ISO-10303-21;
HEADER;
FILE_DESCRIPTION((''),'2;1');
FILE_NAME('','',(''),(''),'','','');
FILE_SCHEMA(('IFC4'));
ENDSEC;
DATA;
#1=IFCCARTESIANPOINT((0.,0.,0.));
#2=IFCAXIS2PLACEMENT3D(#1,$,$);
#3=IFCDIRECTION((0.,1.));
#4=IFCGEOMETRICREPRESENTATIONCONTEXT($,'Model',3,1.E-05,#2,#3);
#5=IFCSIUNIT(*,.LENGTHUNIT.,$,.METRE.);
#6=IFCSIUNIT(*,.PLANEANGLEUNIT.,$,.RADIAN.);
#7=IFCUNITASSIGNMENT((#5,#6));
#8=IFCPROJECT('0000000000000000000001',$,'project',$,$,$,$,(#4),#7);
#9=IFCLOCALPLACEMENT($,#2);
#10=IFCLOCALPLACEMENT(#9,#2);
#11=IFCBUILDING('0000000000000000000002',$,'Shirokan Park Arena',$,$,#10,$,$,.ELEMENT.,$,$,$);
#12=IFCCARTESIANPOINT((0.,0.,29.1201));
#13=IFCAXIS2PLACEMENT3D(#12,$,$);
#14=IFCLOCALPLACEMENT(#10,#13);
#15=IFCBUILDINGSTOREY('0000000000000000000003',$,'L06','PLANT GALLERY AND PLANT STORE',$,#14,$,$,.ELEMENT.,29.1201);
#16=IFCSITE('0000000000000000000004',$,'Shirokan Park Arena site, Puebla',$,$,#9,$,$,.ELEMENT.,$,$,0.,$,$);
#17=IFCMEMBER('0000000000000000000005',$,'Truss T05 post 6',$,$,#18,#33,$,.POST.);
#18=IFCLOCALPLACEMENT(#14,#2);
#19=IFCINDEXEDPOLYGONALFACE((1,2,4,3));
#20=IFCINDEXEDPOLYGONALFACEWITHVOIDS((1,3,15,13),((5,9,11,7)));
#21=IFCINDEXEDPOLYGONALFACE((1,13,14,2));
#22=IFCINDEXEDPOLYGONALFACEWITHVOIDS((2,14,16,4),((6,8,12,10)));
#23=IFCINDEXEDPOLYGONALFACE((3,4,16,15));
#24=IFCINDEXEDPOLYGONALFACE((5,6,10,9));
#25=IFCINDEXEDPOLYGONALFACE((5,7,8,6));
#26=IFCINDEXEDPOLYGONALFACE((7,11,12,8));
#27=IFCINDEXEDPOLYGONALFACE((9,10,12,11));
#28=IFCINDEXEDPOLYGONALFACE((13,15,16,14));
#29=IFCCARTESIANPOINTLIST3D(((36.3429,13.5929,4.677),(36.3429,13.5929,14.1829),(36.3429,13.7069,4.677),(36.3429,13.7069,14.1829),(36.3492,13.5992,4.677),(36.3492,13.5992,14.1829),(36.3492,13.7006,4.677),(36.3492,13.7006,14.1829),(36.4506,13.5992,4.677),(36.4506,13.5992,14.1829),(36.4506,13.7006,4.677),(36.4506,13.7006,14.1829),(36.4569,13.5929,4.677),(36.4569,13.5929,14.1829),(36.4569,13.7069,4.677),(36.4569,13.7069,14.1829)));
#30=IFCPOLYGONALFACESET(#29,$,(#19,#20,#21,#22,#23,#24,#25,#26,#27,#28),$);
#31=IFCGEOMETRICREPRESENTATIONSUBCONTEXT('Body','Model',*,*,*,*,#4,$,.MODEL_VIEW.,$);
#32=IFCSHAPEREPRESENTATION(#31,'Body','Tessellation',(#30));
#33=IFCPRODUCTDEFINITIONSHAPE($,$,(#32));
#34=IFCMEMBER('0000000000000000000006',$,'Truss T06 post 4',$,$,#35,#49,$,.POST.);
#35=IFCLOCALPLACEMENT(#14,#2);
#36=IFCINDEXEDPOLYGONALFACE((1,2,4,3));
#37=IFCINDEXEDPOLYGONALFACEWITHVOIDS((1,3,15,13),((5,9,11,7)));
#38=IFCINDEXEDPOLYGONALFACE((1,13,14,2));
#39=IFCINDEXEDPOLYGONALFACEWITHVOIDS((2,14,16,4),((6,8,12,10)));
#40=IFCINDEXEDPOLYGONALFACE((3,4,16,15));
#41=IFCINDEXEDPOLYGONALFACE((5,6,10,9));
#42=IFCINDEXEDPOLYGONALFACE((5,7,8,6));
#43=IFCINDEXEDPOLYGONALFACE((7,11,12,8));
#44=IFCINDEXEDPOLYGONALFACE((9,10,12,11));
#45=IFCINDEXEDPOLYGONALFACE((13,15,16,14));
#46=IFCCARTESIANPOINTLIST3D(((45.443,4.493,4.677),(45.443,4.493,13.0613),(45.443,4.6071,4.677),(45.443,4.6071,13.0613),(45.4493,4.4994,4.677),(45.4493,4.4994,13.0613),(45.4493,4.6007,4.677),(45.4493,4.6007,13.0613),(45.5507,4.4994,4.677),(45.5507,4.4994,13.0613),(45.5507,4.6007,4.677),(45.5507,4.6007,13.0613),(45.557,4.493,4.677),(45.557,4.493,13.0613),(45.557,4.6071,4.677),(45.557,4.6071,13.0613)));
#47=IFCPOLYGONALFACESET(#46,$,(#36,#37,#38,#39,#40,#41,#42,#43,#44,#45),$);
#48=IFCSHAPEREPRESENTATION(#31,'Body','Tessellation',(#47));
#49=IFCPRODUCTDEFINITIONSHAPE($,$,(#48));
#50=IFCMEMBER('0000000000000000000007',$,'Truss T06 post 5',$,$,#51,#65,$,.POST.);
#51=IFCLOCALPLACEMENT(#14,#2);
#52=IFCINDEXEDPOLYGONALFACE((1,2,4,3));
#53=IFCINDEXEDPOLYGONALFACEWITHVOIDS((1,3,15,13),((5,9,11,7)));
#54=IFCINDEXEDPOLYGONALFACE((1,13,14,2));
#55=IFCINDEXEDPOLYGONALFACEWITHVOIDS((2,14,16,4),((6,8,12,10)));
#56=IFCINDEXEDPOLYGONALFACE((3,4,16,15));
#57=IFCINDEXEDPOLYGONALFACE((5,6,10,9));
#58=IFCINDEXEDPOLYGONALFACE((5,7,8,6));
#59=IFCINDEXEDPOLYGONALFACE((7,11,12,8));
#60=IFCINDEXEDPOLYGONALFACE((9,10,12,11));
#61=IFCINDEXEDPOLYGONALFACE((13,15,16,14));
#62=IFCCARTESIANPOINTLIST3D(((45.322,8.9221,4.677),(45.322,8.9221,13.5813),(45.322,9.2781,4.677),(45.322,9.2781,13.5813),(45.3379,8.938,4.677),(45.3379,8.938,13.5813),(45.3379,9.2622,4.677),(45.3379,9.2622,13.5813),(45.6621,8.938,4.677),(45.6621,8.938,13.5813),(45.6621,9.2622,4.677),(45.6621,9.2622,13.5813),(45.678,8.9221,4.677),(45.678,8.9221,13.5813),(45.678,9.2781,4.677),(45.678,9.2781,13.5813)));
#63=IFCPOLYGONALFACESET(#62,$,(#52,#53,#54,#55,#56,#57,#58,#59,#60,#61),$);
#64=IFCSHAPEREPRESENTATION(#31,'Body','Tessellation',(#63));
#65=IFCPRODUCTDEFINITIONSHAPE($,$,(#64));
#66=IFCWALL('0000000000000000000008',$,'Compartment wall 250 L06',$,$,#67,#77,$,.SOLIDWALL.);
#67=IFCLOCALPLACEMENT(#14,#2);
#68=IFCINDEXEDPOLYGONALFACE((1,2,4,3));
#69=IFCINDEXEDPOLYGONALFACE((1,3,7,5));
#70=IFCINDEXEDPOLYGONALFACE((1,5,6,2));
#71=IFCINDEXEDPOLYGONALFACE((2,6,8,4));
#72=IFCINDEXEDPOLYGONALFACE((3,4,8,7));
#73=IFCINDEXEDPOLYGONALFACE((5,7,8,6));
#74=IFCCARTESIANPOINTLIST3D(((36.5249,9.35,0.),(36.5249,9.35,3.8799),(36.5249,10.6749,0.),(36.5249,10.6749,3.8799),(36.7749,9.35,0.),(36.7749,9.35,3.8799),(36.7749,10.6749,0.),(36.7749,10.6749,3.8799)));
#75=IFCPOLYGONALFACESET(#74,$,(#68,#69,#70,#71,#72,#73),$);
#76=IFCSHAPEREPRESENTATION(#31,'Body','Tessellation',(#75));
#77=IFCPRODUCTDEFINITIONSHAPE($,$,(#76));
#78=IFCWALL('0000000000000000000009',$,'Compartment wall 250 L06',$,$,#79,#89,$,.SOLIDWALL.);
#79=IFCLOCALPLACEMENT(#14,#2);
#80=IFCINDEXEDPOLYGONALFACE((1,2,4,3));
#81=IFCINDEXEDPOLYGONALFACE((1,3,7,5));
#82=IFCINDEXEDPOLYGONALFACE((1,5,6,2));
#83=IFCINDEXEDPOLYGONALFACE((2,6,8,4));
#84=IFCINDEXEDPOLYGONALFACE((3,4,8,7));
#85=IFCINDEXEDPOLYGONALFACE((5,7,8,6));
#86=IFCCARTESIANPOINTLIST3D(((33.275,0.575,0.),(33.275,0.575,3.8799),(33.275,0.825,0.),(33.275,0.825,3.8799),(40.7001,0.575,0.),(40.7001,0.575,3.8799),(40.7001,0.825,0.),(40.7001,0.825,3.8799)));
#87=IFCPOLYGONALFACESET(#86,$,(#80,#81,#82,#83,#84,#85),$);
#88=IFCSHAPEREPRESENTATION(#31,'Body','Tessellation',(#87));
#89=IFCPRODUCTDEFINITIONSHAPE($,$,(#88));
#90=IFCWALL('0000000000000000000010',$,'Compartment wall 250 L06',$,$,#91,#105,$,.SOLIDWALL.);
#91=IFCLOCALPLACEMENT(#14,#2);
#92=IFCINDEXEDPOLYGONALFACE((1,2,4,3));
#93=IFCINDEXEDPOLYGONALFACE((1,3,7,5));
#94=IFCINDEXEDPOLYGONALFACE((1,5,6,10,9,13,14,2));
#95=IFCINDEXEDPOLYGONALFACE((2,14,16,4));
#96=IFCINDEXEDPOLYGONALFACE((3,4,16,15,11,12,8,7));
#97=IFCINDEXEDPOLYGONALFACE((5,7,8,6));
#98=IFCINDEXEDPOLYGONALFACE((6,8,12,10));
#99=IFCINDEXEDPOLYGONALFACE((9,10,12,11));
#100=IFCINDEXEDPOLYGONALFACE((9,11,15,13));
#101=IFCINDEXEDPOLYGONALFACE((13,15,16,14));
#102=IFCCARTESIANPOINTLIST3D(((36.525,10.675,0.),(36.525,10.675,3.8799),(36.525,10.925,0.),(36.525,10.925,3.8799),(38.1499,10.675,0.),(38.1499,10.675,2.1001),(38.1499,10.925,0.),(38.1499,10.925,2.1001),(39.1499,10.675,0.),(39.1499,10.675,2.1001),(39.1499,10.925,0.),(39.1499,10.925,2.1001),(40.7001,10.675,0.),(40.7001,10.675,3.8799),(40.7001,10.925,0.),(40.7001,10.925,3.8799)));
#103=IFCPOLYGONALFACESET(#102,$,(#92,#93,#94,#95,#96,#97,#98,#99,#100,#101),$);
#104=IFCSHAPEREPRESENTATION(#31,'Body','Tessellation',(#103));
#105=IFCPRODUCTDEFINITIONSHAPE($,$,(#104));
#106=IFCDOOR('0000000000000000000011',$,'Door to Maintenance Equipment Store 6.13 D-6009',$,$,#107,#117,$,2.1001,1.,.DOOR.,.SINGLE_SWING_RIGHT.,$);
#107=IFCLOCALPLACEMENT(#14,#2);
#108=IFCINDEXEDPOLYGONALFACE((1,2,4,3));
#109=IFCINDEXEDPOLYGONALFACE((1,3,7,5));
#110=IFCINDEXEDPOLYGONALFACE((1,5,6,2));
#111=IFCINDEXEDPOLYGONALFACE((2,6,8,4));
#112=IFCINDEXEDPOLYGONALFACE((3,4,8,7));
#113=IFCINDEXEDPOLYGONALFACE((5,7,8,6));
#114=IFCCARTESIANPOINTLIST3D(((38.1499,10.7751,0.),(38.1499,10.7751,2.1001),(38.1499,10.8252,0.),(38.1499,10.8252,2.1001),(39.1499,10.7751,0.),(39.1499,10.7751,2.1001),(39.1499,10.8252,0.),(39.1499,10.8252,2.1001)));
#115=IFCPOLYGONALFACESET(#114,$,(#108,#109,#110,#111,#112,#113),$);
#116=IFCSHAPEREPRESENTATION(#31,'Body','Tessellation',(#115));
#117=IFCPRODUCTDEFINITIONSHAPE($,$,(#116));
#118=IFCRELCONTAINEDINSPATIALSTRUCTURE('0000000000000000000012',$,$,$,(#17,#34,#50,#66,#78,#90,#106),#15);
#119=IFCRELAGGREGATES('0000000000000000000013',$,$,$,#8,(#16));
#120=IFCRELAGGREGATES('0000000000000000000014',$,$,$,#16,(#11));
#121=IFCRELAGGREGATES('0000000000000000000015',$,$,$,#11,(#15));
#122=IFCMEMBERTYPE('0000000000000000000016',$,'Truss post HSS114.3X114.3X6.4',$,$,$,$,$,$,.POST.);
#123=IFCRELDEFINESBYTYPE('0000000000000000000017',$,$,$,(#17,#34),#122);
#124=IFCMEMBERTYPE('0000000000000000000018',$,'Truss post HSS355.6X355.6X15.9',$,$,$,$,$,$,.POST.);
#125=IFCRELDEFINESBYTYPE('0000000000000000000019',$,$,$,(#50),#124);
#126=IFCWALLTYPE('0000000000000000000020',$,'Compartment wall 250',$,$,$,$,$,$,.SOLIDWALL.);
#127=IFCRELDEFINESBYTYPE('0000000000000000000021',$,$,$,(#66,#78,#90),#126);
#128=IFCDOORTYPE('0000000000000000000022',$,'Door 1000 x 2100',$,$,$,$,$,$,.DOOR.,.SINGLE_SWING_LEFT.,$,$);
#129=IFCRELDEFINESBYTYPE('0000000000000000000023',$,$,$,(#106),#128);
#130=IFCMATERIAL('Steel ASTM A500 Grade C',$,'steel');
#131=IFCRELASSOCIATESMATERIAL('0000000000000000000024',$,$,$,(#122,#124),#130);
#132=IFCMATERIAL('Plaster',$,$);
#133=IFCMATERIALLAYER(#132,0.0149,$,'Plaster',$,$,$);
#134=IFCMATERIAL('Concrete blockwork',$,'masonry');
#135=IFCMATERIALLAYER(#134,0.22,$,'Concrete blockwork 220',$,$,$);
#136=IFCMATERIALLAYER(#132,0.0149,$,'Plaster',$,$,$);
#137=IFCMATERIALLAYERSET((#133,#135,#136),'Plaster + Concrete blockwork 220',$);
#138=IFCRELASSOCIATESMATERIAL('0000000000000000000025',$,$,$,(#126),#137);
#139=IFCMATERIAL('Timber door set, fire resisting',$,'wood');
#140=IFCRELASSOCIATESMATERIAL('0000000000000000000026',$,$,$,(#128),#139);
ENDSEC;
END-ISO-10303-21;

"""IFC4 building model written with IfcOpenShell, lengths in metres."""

from ifc_helpers import new_model, si_unit, direction, frame, frame_2d, origin, origin_2d, place, context, subcontext, project, spatial, rectangle, hollow_rectangle, extrude, material, layer, layer_set, material_profile, profile_set, type_object, element, fill, save


model = new_model("IFC4")

# Units and contexts
model_context = context("Model", 3, precision=1e-05, world=origin(), true_north=direction((0.0, 1.0)))
body_context = subcontext(model_context, "Body", "Model", "MODEL_VIEW")
ifc_project = project(units=[si_unit("LENGTHUNIT", "METRE"), si_unit("PLANEANGLEUNIT", "RADIAN")], contexts=[model_context])

# Site, building, storey
site_placement = place(None, origin())
site = spatial("IfcSite", under=ifc_project, at=site_placement, Name="Shirokan Park Arena site, Puebla", CompositionType="ELEMENT", RefElevation=0.0)
building_placement = place(site_placement, origin())
building = spatial("IfcBuilding", under=site, at=building_placement, Name="Shirokan Park Arena", CompositionType="ELEMENT")
storey_placement = place(building_placement, frame((0.0, 0.0, 29.1201)))
storey = spatial("IfcBuildingStorey", under=building, at=storey_placement, Name="L06", Description="PLANT GALLERY AND PLANT STORE", CompositionType="ELEMENT", Elevation=29.1201)

# Shared definitions
ifc_material_1 = material(Name="Steel ASTM A500 Grade C", Category="steel")

# Members
ifc_material_profile_1 = material_profile(ifc_material_1, hollow_rectangle(XDim=0.114, YDim=0.114, WallThickness=0.0063, at=origin_2d()), Name="HSS114.3X114.3X6.4")
ifc_profile_set_1 = profile_set([ifc_material_profile_1], Name="Steel ASTM A500 Grade C")
member_type_1 = type_object("IfcMemberType", Name="Truss post HSS114.3X114.3X6.4", PredefinedType="POST", material=ifc_profile_set_1)
member_1_placement = place(storey_placement, frame((36.3999, 13.6499, 4.677), z_axis=(0.0, 0.0, 1.0), x_axis=(1.0, 0.0, 0.0)))
element("IfcMember", 1, at=member_1_placement, inside=storey, type_object=member_type_1, Name="Truss T05 post 6", PredefinedType="POST", context=body_context, shape_type="SweptSolid", body=[
    extrude(hollow_rectangle(XDim=0.114, YDim=0.114, WallThickness=0.0063, at=origin_2d()), origin(), (0.0, 0.0, 1.0), 9.5059),
])
member_2_placement = place(storey_placement, frame((45.5, 4.55, 4.677), z_axis=(0.0, 0.0, 1.0), x_axis=(1.0, 0.0, 0.0)))
element("IfcMember", 2, at=member_2_placement, inside=storey, type_object=member_type_1, Name="Truss T06 post 4", PredefinedType="POST", context=body_context, shape_type="SweptSolid", body=[
    extrude(hollow_rectangle(XDim=0.114, YDim=0.114, WallThickness=0.0063, at=origin_2d()), origin(), (0.0, 0.0, 1.0), 8.3843),
])
ifc_material_profile_2 = material_profile(ifc_material_1, hollow_rectangle(XDim=0.356, YDim=0.356, WallThickness=0.0159, at=origin_2d()), Name="HSS355.6X355.6X15.9")
ifc_profile_set_2 = profile_set([ifc_material_profile_2], Name="Steel ASTM A500 Grade C")
member_type_2 = type_object("IfcMemberType", Name="Truss post HSS355.6X355.6X15.9", PredefinedType="POST", material=ifc_profile_set_2)
member_3_placement = place(storey_placement, frame((45.5, 9.1001, 4.677), z_axis=(0.0, 0.0, 1.0), x_axis=(1.0, 0.0, 0.0)))
element("IfcMember", 3, at=member_3_placement, inside=storey, type_object=member_type_2, Name="Truss T06 post 5", PredefinedType="POST", context=body_context, shape_type="SweptSolid", body=[
    extrude(hollow_rectangle(XDim=0.356, YDim=0.356, WallThickness=0.0159, at=origin_2d()), origin(), (0.0, 0.0, 1.0), 8.9043),
])

# Walls
ifc_material_2 = material(Name="Plaster")
ifc_layer_1 = layer(ifc_material_2, 0.0149, Name="Plaster")
ifc_material_3 = material(Name="Concrete blockwork", Category="masonry")
ifc_layer_2 = layer(ifc_material_3, 0.22, Name="Concrete blockwork 220")
ifc_layer_3 = layer(ifc_material_2, 0.0149, Name="Plaster")
ifc_layer_set = layer_set([ifc_layer_1, ifc_layer_2, ifc_layer_3], Name="Plaster + Concrete blockwork 220")
wall_type = type_object("IfcWallType", Name="Compartment wall 250", PredefinedType="SOLIDWALL", material=ifc_layer_set)
wall_1_placement = place(storey_placement, frame((36.6499, 10.675, 0.0), z_axis=(0.0, 0.0, 1.0), x_axis=(0.0, -1.0, 0.0)))
element("IfcWall", 4, at=wall_1_placement, inside=storey, type_object=wall_type, Name="Compartment wall 250 L06", PredefinedType="SOLIDWALL", context=body_context, shape_type="SweptSolid", body=[
    extrude(rectangle(XDim=1.325, YDim=0.25, at=frame_2d((0.6626, 0.0))), origin(), (0.0, 0.0, 1.0), 3.8799),
])
wall_2_placement = place(storey_placement, frame((40.7, 0.7, 0.0), z_axis=(0.0, 0.0, 1.0), x_axis=(-1.0, 0.0, 0.0)))
element("IfcWall", 5, at=wall_2_placement, inside=storey, type_object=wall_type, Name="Compartment wall 250 L06", PredefinedType="SOLIDWALL", context=body_context, shape_type="SweptSolid", body=[
    extrude(rectangle(XDim=7.425, YDim=0.25, at=frame_2d((3.7124, 0.0))), origin(), (0.0, 0.0, 1.0), 3.8799),
])

# Wall, opening, door
wall_3_placement = place(storey_placement, frame((40.7, 10.8, 0.0), z_axis=(0.0, 0.0, 1.0), x_axis=(-1.0, 0.0, 0.0)))
wall_3 = element("IfcWall", 6, at=wall_3_placement, inside=storey, type_object=wall_type, Name="Compartment wall 250 L06", PredefinedType="SOLIDWALL", context=body_context, shape_type="SweptSolid", body=[
    extrude(rectangle(XDim=4.175, YDim=0.25, at=frame_2d((2.0874, 0.0))), origin(), (0.0, 0.0, 1.0), 3.8799),
])
opening_placement = place(wall_3_placement, frame((1.55, 0.0, 0.0)))
opening = element("IfcOpeningElement", 7, at=opening_placement, cuts=wall_3, PredefinedType="OPENING", context=body_context, shape_type="SweptSolid", body=[
    extrude(rectangle(XDim=1.0, YDim=2.1001, at=frame_2d((0.5, 1.05))), frame((0.0, 0.135, 0.0), z_axis=(0.0, -1.0, 0.0), x_axis=(1.0, 0.0, 0.0)), (0.0, 0.0, 1.0), 0.27),
])
ifc_material_4 = material(Name="Timber door set, fire resisting", Category="wood")
door_type = type_object("IfcDoorType", Name="Door 1000 x 2100", OperationType="SINGLE_SWING_LEFT", PredefinedType="DOOR", material=ifc_material_4)
door_placement = place(opening_placement, origin())
door = element("IfcDoor", 8, at=door_placement, inside=storey, type_object=door_type, Name="Door to Maintenance Equipment Store 6.13 D-6009", OperationType="SINGLE_SWING_RIGHT", OverallHeight=2.1001, OverallWidth=1.0, PredefinedType="DOOR", context=body_context, shape_type="SweptSolid", body=[
    extrude(rectangle(XDim=1.0, YDim=2.1001, at=frame_2d((0.5, 1.05))), frame((0.0, 0.0249, 0.0), z_axis=(0.0, -1.0, 0.0), x_axis=(1.0, 0.0, 0.0)), (0.0, 0.0, 1.0), 0.05),
])
fill(opening, door)

save(model, "model.ifc")
